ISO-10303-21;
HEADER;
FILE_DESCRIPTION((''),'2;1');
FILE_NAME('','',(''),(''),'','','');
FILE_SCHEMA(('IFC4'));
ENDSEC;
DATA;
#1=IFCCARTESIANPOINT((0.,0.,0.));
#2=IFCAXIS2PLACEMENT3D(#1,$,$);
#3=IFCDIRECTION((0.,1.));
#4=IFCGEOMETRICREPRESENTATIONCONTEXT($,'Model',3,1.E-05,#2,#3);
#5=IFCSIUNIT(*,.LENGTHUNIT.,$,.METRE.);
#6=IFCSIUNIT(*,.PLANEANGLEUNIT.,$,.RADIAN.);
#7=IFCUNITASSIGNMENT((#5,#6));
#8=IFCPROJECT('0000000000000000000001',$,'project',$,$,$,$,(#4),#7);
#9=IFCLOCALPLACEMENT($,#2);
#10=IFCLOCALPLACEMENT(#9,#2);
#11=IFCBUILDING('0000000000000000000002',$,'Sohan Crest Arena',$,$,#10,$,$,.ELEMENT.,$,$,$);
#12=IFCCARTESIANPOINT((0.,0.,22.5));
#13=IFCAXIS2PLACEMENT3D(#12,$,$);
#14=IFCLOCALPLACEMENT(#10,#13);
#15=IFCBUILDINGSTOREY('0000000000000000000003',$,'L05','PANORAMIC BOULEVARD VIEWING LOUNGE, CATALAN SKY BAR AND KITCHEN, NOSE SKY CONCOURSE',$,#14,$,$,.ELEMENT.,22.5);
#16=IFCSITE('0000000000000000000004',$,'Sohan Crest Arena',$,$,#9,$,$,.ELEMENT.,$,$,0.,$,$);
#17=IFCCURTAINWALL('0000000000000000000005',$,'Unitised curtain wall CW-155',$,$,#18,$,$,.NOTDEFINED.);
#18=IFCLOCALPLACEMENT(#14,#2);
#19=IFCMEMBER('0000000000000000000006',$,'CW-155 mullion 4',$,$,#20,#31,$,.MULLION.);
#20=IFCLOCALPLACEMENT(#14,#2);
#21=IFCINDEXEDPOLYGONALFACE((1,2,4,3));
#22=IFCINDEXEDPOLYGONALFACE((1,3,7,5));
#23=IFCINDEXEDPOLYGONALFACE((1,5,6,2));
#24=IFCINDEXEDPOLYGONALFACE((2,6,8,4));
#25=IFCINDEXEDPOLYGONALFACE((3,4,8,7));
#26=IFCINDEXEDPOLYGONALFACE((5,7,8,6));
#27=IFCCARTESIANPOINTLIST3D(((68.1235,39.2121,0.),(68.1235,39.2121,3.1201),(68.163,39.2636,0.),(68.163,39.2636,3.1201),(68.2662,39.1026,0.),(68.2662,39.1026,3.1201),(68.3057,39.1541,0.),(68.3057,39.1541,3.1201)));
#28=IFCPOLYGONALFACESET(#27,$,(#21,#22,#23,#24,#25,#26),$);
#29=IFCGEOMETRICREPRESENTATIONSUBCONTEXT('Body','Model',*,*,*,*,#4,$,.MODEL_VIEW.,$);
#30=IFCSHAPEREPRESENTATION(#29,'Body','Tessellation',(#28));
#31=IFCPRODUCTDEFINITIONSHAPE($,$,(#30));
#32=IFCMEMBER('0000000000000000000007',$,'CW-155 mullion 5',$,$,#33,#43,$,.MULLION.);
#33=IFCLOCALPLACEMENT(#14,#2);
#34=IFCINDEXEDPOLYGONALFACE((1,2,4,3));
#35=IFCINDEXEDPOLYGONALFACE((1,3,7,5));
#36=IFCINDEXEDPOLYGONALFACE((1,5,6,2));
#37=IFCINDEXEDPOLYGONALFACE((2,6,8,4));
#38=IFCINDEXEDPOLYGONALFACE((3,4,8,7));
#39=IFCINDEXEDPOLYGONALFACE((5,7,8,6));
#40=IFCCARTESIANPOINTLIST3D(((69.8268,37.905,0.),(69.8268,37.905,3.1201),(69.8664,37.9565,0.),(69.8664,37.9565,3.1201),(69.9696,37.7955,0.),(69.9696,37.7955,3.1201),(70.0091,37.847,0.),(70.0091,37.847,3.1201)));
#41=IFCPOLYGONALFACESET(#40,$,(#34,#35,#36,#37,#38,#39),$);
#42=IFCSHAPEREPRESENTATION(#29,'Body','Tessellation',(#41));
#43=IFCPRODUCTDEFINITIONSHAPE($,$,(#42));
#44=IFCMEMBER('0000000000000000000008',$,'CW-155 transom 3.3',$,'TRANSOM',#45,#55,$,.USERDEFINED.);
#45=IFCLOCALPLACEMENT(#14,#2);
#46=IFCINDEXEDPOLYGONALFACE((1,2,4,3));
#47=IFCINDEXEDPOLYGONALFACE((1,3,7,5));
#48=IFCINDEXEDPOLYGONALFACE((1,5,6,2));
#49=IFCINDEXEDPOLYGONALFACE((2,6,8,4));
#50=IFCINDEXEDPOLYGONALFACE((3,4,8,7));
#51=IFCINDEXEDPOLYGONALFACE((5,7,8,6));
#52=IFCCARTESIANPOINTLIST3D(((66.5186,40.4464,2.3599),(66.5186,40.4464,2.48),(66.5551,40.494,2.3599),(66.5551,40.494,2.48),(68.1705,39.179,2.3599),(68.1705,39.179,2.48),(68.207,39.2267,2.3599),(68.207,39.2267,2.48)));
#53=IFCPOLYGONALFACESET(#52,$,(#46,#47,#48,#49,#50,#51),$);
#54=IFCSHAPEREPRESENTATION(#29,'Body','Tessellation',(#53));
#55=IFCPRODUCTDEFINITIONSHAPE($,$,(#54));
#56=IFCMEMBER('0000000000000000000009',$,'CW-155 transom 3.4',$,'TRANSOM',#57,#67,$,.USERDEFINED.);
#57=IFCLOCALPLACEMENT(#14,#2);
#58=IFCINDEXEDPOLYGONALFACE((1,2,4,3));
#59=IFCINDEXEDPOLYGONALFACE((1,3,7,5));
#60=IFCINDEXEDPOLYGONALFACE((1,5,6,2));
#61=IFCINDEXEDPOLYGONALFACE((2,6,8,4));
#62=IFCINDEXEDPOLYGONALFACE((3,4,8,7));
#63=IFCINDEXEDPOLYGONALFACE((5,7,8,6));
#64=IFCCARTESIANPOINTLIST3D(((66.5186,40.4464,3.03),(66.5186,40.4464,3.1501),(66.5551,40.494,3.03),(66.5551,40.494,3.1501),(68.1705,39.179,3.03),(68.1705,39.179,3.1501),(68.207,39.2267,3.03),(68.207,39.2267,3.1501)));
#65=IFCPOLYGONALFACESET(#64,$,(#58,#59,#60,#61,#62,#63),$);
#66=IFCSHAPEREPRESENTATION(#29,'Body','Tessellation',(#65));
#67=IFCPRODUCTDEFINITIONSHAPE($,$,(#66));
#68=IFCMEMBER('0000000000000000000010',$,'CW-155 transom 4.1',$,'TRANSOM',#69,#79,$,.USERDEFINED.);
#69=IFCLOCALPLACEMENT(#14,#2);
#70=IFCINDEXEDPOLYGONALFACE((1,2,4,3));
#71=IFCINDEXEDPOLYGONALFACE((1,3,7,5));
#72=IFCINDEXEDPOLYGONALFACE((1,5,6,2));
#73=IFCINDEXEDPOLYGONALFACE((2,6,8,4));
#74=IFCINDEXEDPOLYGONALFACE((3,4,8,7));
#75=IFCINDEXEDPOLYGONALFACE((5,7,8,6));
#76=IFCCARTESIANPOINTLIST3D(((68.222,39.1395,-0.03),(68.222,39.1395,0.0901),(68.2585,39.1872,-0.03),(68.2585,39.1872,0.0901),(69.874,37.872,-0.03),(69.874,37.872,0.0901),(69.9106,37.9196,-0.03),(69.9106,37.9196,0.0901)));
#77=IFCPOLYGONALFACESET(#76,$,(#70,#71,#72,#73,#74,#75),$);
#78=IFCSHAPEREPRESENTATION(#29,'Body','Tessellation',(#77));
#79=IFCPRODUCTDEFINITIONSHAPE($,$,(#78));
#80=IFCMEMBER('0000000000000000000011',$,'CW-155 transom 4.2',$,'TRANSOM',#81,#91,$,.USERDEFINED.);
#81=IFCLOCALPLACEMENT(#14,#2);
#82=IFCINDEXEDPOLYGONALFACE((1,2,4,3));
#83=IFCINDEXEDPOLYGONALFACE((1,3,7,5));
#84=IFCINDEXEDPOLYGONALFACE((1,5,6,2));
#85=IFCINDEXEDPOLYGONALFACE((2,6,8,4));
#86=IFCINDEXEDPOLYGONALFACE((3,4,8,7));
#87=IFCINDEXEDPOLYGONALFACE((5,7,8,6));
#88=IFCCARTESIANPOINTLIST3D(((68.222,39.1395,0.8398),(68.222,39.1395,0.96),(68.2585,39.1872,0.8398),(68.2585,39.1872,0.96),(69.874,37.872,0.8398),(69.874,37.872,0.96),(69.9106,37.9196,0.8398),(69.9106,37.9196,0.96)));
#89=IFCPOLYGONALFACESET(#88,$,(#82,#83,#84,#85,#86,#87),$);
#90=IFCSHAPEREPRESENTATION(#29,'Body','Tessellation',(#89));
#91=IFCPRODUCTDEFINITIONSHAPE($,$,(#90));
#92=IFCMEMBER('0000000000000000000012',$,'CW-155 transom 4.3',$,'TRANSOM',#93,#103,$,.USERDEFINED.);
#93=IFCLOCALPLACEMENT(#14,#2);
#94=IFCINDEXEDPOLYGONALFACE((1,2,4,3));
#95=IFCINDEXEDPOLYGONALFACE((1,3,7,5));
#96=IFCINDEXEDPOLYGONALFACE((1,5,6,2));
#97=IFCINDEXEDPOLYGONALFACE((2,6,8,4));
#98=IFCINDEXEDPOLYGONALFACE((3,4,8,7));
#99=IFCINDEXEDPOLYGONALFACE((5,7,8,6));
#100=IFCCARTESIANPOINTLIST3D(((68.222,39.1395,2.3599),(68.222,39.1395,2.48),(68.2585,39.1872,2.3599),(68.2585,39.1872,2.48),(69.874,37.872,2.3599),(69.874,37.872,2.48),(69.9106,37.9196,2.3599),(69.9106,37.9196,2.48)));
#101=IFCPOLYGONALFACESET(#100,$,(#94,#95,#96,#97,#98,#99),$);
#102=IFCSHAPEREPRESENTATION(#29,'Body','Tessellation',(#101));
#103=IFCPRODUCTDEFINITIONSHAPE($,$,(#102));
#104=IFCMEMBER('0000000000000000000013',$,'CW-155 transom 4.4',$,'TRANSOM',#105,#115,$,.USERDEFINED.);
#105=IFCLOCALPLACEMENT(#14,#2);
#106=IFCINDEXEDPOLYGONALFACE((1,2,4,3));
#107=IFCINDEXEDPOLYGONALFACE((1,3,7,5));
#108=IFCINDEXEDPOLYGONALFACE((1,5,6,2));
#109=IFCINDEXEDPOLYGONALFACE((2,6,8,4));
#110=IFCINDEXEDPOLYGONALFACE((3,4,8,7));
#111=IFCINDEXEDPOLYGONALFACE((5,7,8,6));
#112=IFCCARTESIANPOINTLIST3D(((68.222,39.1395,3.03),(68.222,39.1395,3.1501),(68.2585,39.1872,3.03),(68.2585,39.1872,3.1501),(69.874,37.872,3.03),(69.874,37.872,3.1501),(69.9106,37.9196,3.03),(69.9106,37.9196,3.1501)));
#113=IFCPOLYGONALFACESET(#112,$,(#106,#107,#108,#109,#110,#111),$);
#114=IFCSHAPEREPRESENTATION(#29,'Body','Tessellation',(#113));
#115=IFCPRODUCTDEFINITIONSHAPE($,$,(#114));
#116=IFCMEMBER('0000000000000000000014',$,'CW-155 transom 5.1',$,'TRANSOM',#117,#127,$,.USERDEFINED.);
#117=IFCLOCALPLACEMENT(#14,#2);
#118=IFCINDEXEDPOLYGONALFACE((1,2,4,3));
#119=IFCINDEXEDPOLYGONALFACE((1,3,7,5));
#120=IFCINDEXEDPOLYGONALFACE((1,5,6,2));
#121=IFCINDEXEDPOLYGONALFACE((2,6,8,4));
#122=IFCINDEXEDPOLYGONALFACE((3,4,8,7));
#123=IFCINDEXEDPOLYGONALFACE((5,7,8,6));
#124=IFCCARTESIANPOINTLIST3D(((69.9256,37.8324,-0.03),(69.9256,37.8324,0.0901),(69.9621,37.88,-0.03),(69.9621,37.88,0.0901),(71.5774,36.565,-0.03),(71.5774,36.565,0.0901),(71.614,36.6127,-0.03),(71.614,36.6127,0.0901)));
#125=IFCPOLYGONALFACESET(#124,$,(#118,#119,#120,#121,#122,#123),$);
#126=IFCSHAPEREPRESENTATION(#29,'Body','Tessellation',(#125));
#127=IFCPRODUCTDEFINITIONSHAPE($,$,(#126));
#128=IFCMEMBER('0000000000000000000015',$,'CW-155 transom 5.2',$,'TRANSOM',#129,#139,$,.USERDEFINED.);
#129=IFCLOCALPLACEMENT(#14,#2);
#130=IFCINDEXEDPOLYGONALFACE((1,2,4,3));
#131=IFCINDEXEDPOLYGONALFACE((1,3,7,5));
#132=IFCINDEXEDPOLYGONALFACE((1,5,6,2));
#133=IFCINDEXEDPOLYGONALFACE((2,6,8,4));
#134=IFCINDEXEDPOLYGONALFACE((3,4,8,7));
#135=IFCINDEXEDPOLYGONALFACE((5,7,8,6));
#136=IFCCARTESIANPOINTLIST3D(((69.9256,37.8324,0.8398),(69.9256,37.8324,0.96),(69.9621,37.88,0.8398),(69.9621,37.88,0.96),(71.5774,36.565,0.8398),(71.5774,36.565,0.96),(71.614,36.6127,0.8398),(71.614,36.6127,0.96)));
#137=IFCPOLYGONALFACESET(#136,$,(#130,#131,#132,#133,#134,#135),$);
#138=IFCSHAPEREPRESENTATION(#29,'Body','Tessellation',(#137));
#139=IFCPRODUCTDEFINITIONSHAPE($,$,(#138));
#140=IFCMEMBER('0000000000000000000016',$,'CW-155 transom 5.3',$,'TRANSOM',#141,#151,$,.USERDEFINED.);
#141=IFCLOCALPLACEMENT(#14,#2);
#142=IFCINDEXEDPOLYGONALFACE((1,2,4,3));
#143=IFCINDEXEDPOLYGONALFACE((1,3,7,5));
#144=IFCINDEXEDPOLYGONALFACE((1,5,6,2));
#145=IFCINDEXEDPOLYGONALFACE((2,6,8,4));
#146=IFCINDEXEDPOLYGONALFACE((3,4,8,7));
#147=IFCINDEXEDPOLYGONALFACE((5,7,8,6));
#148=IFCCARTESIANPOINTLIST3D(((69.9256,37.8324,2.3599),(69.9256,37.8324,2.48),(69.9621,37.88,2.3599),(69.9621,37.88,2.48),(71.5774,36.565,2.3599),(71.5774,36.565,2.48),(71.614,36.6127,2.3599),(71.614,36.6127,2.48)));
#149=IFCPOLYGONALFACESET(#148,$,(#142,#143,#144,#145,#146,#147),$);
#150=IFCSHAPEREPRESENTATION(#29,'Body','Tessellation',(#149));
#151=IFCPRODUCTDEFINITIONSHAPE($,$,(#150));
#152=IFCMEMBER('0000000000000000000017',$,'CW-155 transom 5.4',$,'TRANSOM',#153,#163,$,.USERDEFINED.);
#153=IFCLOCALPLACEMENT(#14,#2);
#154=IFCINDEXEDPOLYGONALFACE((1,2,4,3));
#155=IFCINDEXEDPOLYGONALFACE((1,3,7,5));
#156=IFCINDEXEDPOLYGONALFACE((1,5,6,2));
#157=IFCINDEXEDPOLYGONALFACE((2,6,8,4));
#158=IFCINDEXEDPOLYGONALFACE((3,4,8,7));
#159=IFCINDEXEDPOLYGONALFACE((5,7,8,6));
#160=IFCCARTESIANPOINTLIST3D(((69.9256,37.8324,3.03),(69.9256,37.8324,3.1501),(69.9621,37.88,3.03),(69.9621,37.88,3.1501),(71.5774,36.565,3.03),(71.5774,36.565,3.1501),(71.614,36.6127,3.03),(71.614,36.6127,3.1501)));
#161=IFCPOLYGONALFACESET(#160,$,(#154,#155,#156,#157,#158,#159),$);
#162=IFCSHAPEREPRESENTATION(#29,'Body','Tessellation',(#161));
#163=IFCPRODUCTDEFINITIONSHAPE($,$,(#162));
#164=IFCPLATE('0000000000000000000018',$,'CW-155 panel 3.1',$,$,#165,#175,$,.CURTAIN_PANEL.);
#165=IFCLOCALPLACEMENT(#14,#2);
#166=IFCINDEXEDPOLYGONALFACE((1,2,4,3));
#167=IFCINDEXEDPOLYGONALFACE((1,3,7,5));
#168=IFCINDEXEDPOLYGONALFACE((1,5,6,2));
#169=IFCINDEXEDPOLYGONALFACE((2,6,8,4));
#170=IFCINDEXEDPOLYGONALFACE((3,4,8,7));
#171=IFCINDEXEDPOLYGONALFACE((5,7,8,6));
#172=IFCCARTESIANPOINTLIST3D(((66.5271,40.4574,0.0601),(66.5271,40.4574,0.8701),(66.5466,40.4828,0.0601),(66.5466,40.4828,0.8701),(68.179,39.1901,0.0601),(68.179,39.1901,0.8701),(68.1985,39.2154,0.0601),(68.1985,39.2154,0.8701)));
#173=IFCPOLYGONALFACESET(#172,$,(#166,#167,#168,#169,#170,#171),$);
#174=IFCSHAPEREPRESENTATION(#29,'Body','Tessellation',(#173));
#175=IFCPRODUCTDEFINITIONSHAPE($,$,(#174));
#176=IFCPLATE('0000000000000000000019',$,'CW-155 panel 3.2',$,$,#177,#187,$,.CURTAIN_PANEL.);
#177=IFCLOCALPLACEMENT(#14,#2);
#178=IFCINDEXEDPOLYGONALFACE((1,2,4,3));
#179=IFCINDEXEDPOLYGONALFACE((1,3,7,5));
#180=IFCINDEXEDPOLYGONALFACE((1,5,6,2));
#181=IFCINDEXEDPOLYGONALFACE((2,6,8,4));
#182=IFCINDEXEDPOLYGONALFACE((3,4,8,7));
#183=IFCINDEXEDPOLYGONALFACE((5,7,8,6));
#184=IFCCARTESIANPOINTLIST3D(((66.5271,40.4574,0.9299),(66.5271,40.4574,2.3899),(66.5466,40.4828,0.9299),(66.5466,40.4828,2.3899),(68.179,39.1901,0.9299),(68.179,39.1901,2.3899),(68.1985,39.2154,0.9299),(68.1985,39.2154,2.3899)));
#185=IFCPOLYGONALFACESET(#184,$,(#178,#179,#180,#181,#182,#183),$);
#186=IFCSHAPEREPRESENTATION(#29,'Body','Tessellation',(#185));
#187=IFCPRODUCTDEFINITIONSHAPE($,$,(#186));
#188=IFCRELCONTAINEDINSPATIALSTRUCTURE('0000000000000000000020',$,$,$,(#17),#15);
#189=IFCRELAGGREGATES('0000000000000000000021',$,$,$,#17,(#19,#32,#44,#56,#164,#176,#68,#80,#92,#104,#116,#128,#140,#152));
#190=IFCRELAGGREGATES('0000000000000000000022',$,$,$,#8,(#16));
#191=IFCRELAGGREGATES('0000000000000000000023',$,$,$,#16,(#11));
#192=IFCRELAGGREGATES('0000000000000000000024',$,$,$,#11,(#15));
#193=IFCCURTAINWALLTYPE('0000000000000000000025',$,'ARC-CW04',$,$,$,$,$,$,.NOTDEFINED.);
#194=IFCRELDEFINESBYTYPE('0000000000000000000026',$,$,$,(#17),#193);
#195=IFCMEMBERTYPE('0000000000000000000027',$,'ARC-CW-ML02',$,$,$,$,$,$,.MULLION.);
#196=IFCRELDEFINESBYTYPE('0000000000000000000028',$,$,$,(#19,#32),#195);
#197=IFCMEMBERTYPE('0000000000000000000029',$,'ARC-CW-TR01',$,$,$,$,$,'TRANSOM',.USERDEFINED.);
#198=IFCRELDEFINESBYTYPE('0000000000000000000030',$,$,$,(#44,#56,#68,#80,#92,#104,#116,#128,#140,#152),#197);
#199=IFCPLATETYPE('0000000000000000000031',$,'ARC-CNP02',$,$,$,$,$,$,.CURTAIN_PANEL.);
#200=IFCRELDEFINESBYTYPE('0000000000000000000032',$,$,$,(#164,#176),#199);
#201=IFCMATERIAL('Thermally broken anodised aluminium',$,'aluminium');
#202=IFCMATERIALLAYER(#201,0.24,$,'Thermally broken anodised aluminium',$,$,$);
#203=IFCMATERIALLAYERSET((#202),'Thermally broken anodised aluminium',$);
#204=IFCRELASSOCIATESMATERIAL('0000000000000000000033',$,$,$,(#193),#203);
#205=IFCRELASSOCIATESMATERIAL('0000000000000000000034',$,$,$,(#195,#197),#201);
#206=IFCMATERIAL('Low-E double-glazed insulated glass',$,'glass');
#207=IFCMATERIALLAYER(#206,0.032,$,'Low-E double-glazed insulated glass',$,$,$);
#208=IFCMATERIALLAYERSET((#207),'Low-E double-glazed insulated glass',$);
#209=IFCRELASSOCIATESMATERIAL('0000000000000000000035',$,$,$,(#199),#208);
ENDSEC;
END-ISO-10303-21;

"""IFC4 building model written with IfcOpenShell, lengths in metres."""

from ifc_helpers import new_model, si_unit, direction, frame, origin, origin_2d, place, context, subcontext, project, spatial, rectangle, extrude, material, layer, layer_set, material_profile, profile_set, type_object, element, aggregate, save


model = new_model("IFC4")

# Units and contexts
model_context = context("Model", 3, precision=1e-05, world=origin(), true_north=direction((0.0, 1.0)))
body_context = subcontext(model_context, "Body", "Model", "MODEL_VIEW")
ifc_project = project(units=[si_unit("LENGTHUNIT", "METRE"), si_unit("PLANEANGLEUNIT", "RADIAN")], contexts=[model_context])

# Site, building, storey
site_placement = place(None, origin())
site = spatial("IfcSite", under=ifc_project, at=site_placement, Name="Sohan Crest Arena", CompositionType="ELEMENT", RefElevation=0.0)
building_placement = place(site_placement, origin())
building = spatial("IfcBuilding", under=site, at=building_placement, Name="Sohan Crest Arena", CompositionType="ELEMENT")
storey_placement = place(building_placement, frame((0.0, 0.0, 22.5)))
storey = spatial("IfcBuildingStorey", under=building, at=storey_placement, Name="L05", Description="PANORAMIC BOULEVARD VIEWING LOUNGE, CATALAN SKY BAR AND KITCHEN, NOSE SKY CONCOURSE", CompositionType="ELEMENT", Elevation=22.5)

# Curtain wall, members, plates
ifc_material_1 = material(Name="Thermally broken anodised aluminium", Category="aluminium")
ifc_layer_1 = layer(ifc_material_1, 0.24, Name="Thermally broken anodised aluminium")
ifc_layer_set_1 = layer_set([ifc_layer_1], Name="Thermally broken anodised aluminium")
curtain_wall_type = type_object("IfcCurtainWallType", Name="ARC-CW04", PredefinedType="NOTDEFINED", material=ifc_layer_set_1)
curtain_wall_placement = place(storey_placement, origin())
curtain_wall = element("IfcCurtainWall", 1, at=curtain_wall_placement, inside=storey, type_object=curtain_wall_type, Name="Unitised curtain wall CW-155", PredefinedType="NOTDEFINED")
ifc_material_profile_1 = material_profile(ifc_material_1, rectangle(XDim=0.0649, YDim=0.1799, at=origin_2d()), Name="ALU-MULL 65x180")
ifc_profile_set_1 = profile_set([ifc_material_profile_1], Name="Thermally broken anodised aluminium")
member_type_1 = type_object("IfcMemberType", Name="ARC-CW-ML02", PredefinedType="MULLION", material=ifc_profile_set_1)
member_1_placement = place(storey_placement, frame((68.2146, 39.1831, 0.0), z_axis=(0.0, 0.0, 1.0), x_axis=(0.60872, 0.793385, 0.0)))
member_1 = element("IfcMember", 2, at=member_1_placement, type_object=member_type_1, Name="CW-155 mullion 4", PredefinedType="MULLION", context=body_context, shape_type="SweptSolid", body=[
    extrude(rectangle(XDim=0.0649, YDim=0.1799, at=origin_2d()), origin(), (0.0, 0.0, 1.0), 3.1201),
])
member_2_placement = place(storey_placement, frame((69.918, 37.876, 0.0), z_axis=(0.0, 0.0, 1.0), x_axis=(0.60872, 0.793385, 0.0)))
member_2 = element("IfcMember", 3, at=member_2_placement, type_object=member_type_1, Name="CW-155 mullion 5", PredefinedType="MULLION", context=body_context, shape_type="SweptSolid", body=[
    extrude(rectangle(XDim=0.0649, YDim=0.1799, at=origin_2d()), origin(), (0.0, 0.0, 1.0), 3.1201),
])
ifc_material_profile_2 = material_profile(ifc_material_1, rectangle(XDim=0.0601, YDim=0.1201, at=origin_2d()), Name="ALU-TRAN 60x120")
ifc_profile_set_2 = profile_set([ifc_material_profile_2], Name="Thermally broken anodised aluminium")
member_type_2 = type_object("IfcMemberType", Name="ARC-CW-TR01", ElementType="TRANSOM", PredefinedType="USERDEFINED", material=ifc_profile_set_2)
member_3_placement = place(storey_placement, frame((66.5369, 40.4702, 2.4199), z_axis=(0.793395, -0.608707, 0.0), x_axis=(0.608707, 0.793395, 0.0)))
member_3 = element("IfcMember", 4, at=member_3_placement, type_object=member_type_2, Name="CW-155 transom 3.3", ObjectType="TRANSOM", PredefinedType="USERDEFINED", context=body_context, shape_type="SweptSolid", body=[
    extrude(rectangle(XDim=0.0601, YDim=0.1201, at=origin_2d()), origin(), (0.0, 0.0, 1.0), 2.082),
])
member_4_placement = place(storey_placement, frame((66.5369, 40.4702, 3.0901), z_axis=(0.793395, -0.608707, 0.0), x_axis=(0.608707, 0.793395, 0.0)))
member_4 = element("IfcMember", 5, at=member_4_placement, type_object=member_type_2, Name="CW-155 transom 3.4", ObjectType="TRANSOM", PredefinedType="USERDEFINED", context=body_context, shape_type="SweptSolid", body=[
    extrude(rectangle(XDim=0.0601, YDim=0.1201, at=origin_2d()), origin(), (0.0, 0.0, 1.0), 2.082),
])
member_5_placement = place(storey_placement, frame((68.2402, 39.1633, 0.03), z_axis=(0.793382, -0.608724, 0.0), x_axis=(0.608724, 0.793382, 0.0)))
member_5 = element("IfcMember", 6, at=member_5_placement, type_object=member_type_2, Name="CW-155 transom 4.1", ObjectType="TRANSOM", PredefinedType="USERDEFINED", context=body_context, shape_type="SweptSolid", body=[
    extrude(rectangle(XDim=0.0601, YDim=0.1201, at=origin_2d()), origin(), (0.0, 0.0, 1.0), 2.0823),
])
member_6_placement = place(storey_placement, frame((68.2402, 39.1633, 0.8999), z_axis=(0.793382, -0.608724, 0.0), x_axis=(0.608724, 0.793382, 0.0)))
member_6 = element("IfcMember", 7, at=member_6_placement, type_object=member_type_2, Name="CW-155 transom 4.2", ObjectType="TRANSOM", PredefinedType="USERDEFINED", context=body_context, shape_type="SweptSolid", body=[
    extrude(rectangle(XDim=0.0601, YDim=0.1201, at=origin_2d()), origin(), (0.0, 0.0, 1.0), 2.0823),
])
member_7_placement = place(storey_placement, frame((68.2402, 39.1633, 2.4199), z_axis=(0.793382, -0.608724, 0.0), x_axis=(0.608724, 0.793382, 0.0)))
member_7 = element("IfcMember", 8, at=member_7_placement, type_object=member_type_2, Name="CW-155 transom 4.3", ObjectType="TRANSOM", PredefinedType="USERDEFINED", context=body_context, shape_type="SweptSolid", body=[
    extrude(rectangle(XDim=0.0601, YDim=0.1201, at=origin_2d()), origin(), (0.0, 0.0, 1.0), 2.0823),
])
member_8_placement = place(storey_placement, frame((68.2402, 39.1633, 3.0901), z_axis=(0.793382, -0.608724, 0.0), x_axis=(0.608724, 0.793382, 0.0)))
member_8 = element("IfcMember", 9, at=member_8_placement, type_object=member_type_2, Name="CW-155 transom 4.4", ObjectType="TRANSOM", PredefinedType="USERDEFINED", context=body_context, shape_type="SweptSolid", body=[
    extrude(rectangle(XDim=0.0601, YDim=0.1201, at=origin_2d()), origin(), (0.0, 0.0, 1.0), 2.0823),
])
member_9_placement = place(storey_placement, frame((69.9438, 37.8562, 0.03), z_axis=(0.793395, -0.608707, 0.0), x_axis=(0.608707, 0.793395, 0.0)))
member_9 = element("IfcMember", 10, at=member_9_placement, type_object=member_type_2, Name="CW-155 transom 5.1", ObjectType="TRANSOM", PredefinedType="USERDEFINED", context=body_context, shape_type="SweptSolid", body=[
    extrude(rectangle(XDim=0.0601, YDim=0.1201, at=origin_2d()), origin(), (0.0, 0.0, 1.0), 2.082),
])
member_10_placement = place(storey_placement, frame((69.9438, 37.8562, 0.8999), z_axis=(0.793395, -0.608707, 0.0), x_axis=(0.608707, 0.793395, 0.0)))
member_10 = element("IfcMember", 11, at=member_10_placement, type_object=member_type_2, Name="CW-155 transom 5.2", ObjectType="TRANSOM", PredefinedType="USERDEFINED", context=body_context, shape_type="SweptSolid", body=[
    extrude(rectangle(XDim=0.0601, YDim=0.1201, at=origin_2d()), origin(), (0.0, 0.0, 1.0), 2.082),
])
member_11_placement = place(storey_placement, frame((69.9438, 37.8562, 2.4199), z_axis=(0.793395, -0.608707, 0.0), x_axis=(0.608707, 0.793395, 0.0)))
member_11 = element("IfcMember", 12, at=member_11_placement, type_object=member_type_2, Name="CW-155 transom 5.3", ObjectType="TRANSOM", PredefinedType="USERDEFINED", context=body_context, shape_type="SweptSolid", body=[
    extrude(rectangle(XDim=0.0601, YDim=0.1201, at=origin_2d()), origin(), (0.0, 0.0, 1.0), 2.082),
])
member_12_placement = place(storey_placement, frame((69.9438, 37.8562, 3.0901), z_axis=(0.793395, -0.608707, 0.0), x_axis=(0.608707, 0.793395, 0.0)))
member_12 = element("IfcMember", 13, at=member_12_placement, type_object=member_type_2, Name="CW-155 transom 5.4", ObjectType="TRANSOM", PredefinedType="USERDEFINED", context=body_context, shape_type="SweptSolid", body=[
    extrude(rectangle(XDim=0.0601, YDim=0.1201, at=origin_2d()), origin(), (0.0, 0.0, 1.0), 2.082),
])
ifc_material_2 = material(Name="Low-E double-glazed insulated glass", Category="glass")
ifc_layer_2 = layer(ifc_material_2, 0.032, Name="Low-E double-glazed insulated glass")
ifc_layer_set_2 = layer_set([ifc_layer_2], Name="Low-E double-glazed insulated glass")
plate_type = type_object("IfcPlateType", Name="ARC-CNP02", PredefinedType="CURTAIN_PANEL", material=ifc_layer_set_2)
plate_1_placement = place(storey_placement, frame((67.3628, 39.8364, 0.0601), z_axis=(0.0, 0.0, 1.0), x_axis=(0.793385, -0.60872, 0.0)))
plate_1 = element("IfcPlate", 14, at=plate_1_placement, type_object=plate_type, Name="CW-155 panel 3.1", PredefinedType="CURTAIN_PANEL", context=body_context, shape_type="SweptSolid", body=[
    extrude(rectangle(XDim=2.082, YDim=0.032, at=origin_2d()), origin(), (0.0, 0.0, 1.0), 0.8101),
])
plate_2_placement = place(storey_placement, frame((67.3628, 39.8364, 0.9299), z_axis=(0.0, 0.0, 1.0), x_axis=(0.793385, -0.60872, 0.0)))
plate_2 = element("IfcPlate", 15, at=plate_2_placement, type_object=plate_type, Name="CW-155 panel 3.2", PredefinedType="CURTAIN_PANEL", context=body_context, shape_type="SweptSolid", body=[
    extrude(rectangle(XDim=2.082, YDim=0.032, at=origin_2d()), origin(), (0.0, 0.0, 1.0), 1.46),
])
aggregate(curtain_wall, [member_1, member_2, member_3, member_4, plate_1, plate_2, member_5, member_6, member_7, member_8, member_9, member_10, member_11, member_12])

save(model, "model.ifc")
